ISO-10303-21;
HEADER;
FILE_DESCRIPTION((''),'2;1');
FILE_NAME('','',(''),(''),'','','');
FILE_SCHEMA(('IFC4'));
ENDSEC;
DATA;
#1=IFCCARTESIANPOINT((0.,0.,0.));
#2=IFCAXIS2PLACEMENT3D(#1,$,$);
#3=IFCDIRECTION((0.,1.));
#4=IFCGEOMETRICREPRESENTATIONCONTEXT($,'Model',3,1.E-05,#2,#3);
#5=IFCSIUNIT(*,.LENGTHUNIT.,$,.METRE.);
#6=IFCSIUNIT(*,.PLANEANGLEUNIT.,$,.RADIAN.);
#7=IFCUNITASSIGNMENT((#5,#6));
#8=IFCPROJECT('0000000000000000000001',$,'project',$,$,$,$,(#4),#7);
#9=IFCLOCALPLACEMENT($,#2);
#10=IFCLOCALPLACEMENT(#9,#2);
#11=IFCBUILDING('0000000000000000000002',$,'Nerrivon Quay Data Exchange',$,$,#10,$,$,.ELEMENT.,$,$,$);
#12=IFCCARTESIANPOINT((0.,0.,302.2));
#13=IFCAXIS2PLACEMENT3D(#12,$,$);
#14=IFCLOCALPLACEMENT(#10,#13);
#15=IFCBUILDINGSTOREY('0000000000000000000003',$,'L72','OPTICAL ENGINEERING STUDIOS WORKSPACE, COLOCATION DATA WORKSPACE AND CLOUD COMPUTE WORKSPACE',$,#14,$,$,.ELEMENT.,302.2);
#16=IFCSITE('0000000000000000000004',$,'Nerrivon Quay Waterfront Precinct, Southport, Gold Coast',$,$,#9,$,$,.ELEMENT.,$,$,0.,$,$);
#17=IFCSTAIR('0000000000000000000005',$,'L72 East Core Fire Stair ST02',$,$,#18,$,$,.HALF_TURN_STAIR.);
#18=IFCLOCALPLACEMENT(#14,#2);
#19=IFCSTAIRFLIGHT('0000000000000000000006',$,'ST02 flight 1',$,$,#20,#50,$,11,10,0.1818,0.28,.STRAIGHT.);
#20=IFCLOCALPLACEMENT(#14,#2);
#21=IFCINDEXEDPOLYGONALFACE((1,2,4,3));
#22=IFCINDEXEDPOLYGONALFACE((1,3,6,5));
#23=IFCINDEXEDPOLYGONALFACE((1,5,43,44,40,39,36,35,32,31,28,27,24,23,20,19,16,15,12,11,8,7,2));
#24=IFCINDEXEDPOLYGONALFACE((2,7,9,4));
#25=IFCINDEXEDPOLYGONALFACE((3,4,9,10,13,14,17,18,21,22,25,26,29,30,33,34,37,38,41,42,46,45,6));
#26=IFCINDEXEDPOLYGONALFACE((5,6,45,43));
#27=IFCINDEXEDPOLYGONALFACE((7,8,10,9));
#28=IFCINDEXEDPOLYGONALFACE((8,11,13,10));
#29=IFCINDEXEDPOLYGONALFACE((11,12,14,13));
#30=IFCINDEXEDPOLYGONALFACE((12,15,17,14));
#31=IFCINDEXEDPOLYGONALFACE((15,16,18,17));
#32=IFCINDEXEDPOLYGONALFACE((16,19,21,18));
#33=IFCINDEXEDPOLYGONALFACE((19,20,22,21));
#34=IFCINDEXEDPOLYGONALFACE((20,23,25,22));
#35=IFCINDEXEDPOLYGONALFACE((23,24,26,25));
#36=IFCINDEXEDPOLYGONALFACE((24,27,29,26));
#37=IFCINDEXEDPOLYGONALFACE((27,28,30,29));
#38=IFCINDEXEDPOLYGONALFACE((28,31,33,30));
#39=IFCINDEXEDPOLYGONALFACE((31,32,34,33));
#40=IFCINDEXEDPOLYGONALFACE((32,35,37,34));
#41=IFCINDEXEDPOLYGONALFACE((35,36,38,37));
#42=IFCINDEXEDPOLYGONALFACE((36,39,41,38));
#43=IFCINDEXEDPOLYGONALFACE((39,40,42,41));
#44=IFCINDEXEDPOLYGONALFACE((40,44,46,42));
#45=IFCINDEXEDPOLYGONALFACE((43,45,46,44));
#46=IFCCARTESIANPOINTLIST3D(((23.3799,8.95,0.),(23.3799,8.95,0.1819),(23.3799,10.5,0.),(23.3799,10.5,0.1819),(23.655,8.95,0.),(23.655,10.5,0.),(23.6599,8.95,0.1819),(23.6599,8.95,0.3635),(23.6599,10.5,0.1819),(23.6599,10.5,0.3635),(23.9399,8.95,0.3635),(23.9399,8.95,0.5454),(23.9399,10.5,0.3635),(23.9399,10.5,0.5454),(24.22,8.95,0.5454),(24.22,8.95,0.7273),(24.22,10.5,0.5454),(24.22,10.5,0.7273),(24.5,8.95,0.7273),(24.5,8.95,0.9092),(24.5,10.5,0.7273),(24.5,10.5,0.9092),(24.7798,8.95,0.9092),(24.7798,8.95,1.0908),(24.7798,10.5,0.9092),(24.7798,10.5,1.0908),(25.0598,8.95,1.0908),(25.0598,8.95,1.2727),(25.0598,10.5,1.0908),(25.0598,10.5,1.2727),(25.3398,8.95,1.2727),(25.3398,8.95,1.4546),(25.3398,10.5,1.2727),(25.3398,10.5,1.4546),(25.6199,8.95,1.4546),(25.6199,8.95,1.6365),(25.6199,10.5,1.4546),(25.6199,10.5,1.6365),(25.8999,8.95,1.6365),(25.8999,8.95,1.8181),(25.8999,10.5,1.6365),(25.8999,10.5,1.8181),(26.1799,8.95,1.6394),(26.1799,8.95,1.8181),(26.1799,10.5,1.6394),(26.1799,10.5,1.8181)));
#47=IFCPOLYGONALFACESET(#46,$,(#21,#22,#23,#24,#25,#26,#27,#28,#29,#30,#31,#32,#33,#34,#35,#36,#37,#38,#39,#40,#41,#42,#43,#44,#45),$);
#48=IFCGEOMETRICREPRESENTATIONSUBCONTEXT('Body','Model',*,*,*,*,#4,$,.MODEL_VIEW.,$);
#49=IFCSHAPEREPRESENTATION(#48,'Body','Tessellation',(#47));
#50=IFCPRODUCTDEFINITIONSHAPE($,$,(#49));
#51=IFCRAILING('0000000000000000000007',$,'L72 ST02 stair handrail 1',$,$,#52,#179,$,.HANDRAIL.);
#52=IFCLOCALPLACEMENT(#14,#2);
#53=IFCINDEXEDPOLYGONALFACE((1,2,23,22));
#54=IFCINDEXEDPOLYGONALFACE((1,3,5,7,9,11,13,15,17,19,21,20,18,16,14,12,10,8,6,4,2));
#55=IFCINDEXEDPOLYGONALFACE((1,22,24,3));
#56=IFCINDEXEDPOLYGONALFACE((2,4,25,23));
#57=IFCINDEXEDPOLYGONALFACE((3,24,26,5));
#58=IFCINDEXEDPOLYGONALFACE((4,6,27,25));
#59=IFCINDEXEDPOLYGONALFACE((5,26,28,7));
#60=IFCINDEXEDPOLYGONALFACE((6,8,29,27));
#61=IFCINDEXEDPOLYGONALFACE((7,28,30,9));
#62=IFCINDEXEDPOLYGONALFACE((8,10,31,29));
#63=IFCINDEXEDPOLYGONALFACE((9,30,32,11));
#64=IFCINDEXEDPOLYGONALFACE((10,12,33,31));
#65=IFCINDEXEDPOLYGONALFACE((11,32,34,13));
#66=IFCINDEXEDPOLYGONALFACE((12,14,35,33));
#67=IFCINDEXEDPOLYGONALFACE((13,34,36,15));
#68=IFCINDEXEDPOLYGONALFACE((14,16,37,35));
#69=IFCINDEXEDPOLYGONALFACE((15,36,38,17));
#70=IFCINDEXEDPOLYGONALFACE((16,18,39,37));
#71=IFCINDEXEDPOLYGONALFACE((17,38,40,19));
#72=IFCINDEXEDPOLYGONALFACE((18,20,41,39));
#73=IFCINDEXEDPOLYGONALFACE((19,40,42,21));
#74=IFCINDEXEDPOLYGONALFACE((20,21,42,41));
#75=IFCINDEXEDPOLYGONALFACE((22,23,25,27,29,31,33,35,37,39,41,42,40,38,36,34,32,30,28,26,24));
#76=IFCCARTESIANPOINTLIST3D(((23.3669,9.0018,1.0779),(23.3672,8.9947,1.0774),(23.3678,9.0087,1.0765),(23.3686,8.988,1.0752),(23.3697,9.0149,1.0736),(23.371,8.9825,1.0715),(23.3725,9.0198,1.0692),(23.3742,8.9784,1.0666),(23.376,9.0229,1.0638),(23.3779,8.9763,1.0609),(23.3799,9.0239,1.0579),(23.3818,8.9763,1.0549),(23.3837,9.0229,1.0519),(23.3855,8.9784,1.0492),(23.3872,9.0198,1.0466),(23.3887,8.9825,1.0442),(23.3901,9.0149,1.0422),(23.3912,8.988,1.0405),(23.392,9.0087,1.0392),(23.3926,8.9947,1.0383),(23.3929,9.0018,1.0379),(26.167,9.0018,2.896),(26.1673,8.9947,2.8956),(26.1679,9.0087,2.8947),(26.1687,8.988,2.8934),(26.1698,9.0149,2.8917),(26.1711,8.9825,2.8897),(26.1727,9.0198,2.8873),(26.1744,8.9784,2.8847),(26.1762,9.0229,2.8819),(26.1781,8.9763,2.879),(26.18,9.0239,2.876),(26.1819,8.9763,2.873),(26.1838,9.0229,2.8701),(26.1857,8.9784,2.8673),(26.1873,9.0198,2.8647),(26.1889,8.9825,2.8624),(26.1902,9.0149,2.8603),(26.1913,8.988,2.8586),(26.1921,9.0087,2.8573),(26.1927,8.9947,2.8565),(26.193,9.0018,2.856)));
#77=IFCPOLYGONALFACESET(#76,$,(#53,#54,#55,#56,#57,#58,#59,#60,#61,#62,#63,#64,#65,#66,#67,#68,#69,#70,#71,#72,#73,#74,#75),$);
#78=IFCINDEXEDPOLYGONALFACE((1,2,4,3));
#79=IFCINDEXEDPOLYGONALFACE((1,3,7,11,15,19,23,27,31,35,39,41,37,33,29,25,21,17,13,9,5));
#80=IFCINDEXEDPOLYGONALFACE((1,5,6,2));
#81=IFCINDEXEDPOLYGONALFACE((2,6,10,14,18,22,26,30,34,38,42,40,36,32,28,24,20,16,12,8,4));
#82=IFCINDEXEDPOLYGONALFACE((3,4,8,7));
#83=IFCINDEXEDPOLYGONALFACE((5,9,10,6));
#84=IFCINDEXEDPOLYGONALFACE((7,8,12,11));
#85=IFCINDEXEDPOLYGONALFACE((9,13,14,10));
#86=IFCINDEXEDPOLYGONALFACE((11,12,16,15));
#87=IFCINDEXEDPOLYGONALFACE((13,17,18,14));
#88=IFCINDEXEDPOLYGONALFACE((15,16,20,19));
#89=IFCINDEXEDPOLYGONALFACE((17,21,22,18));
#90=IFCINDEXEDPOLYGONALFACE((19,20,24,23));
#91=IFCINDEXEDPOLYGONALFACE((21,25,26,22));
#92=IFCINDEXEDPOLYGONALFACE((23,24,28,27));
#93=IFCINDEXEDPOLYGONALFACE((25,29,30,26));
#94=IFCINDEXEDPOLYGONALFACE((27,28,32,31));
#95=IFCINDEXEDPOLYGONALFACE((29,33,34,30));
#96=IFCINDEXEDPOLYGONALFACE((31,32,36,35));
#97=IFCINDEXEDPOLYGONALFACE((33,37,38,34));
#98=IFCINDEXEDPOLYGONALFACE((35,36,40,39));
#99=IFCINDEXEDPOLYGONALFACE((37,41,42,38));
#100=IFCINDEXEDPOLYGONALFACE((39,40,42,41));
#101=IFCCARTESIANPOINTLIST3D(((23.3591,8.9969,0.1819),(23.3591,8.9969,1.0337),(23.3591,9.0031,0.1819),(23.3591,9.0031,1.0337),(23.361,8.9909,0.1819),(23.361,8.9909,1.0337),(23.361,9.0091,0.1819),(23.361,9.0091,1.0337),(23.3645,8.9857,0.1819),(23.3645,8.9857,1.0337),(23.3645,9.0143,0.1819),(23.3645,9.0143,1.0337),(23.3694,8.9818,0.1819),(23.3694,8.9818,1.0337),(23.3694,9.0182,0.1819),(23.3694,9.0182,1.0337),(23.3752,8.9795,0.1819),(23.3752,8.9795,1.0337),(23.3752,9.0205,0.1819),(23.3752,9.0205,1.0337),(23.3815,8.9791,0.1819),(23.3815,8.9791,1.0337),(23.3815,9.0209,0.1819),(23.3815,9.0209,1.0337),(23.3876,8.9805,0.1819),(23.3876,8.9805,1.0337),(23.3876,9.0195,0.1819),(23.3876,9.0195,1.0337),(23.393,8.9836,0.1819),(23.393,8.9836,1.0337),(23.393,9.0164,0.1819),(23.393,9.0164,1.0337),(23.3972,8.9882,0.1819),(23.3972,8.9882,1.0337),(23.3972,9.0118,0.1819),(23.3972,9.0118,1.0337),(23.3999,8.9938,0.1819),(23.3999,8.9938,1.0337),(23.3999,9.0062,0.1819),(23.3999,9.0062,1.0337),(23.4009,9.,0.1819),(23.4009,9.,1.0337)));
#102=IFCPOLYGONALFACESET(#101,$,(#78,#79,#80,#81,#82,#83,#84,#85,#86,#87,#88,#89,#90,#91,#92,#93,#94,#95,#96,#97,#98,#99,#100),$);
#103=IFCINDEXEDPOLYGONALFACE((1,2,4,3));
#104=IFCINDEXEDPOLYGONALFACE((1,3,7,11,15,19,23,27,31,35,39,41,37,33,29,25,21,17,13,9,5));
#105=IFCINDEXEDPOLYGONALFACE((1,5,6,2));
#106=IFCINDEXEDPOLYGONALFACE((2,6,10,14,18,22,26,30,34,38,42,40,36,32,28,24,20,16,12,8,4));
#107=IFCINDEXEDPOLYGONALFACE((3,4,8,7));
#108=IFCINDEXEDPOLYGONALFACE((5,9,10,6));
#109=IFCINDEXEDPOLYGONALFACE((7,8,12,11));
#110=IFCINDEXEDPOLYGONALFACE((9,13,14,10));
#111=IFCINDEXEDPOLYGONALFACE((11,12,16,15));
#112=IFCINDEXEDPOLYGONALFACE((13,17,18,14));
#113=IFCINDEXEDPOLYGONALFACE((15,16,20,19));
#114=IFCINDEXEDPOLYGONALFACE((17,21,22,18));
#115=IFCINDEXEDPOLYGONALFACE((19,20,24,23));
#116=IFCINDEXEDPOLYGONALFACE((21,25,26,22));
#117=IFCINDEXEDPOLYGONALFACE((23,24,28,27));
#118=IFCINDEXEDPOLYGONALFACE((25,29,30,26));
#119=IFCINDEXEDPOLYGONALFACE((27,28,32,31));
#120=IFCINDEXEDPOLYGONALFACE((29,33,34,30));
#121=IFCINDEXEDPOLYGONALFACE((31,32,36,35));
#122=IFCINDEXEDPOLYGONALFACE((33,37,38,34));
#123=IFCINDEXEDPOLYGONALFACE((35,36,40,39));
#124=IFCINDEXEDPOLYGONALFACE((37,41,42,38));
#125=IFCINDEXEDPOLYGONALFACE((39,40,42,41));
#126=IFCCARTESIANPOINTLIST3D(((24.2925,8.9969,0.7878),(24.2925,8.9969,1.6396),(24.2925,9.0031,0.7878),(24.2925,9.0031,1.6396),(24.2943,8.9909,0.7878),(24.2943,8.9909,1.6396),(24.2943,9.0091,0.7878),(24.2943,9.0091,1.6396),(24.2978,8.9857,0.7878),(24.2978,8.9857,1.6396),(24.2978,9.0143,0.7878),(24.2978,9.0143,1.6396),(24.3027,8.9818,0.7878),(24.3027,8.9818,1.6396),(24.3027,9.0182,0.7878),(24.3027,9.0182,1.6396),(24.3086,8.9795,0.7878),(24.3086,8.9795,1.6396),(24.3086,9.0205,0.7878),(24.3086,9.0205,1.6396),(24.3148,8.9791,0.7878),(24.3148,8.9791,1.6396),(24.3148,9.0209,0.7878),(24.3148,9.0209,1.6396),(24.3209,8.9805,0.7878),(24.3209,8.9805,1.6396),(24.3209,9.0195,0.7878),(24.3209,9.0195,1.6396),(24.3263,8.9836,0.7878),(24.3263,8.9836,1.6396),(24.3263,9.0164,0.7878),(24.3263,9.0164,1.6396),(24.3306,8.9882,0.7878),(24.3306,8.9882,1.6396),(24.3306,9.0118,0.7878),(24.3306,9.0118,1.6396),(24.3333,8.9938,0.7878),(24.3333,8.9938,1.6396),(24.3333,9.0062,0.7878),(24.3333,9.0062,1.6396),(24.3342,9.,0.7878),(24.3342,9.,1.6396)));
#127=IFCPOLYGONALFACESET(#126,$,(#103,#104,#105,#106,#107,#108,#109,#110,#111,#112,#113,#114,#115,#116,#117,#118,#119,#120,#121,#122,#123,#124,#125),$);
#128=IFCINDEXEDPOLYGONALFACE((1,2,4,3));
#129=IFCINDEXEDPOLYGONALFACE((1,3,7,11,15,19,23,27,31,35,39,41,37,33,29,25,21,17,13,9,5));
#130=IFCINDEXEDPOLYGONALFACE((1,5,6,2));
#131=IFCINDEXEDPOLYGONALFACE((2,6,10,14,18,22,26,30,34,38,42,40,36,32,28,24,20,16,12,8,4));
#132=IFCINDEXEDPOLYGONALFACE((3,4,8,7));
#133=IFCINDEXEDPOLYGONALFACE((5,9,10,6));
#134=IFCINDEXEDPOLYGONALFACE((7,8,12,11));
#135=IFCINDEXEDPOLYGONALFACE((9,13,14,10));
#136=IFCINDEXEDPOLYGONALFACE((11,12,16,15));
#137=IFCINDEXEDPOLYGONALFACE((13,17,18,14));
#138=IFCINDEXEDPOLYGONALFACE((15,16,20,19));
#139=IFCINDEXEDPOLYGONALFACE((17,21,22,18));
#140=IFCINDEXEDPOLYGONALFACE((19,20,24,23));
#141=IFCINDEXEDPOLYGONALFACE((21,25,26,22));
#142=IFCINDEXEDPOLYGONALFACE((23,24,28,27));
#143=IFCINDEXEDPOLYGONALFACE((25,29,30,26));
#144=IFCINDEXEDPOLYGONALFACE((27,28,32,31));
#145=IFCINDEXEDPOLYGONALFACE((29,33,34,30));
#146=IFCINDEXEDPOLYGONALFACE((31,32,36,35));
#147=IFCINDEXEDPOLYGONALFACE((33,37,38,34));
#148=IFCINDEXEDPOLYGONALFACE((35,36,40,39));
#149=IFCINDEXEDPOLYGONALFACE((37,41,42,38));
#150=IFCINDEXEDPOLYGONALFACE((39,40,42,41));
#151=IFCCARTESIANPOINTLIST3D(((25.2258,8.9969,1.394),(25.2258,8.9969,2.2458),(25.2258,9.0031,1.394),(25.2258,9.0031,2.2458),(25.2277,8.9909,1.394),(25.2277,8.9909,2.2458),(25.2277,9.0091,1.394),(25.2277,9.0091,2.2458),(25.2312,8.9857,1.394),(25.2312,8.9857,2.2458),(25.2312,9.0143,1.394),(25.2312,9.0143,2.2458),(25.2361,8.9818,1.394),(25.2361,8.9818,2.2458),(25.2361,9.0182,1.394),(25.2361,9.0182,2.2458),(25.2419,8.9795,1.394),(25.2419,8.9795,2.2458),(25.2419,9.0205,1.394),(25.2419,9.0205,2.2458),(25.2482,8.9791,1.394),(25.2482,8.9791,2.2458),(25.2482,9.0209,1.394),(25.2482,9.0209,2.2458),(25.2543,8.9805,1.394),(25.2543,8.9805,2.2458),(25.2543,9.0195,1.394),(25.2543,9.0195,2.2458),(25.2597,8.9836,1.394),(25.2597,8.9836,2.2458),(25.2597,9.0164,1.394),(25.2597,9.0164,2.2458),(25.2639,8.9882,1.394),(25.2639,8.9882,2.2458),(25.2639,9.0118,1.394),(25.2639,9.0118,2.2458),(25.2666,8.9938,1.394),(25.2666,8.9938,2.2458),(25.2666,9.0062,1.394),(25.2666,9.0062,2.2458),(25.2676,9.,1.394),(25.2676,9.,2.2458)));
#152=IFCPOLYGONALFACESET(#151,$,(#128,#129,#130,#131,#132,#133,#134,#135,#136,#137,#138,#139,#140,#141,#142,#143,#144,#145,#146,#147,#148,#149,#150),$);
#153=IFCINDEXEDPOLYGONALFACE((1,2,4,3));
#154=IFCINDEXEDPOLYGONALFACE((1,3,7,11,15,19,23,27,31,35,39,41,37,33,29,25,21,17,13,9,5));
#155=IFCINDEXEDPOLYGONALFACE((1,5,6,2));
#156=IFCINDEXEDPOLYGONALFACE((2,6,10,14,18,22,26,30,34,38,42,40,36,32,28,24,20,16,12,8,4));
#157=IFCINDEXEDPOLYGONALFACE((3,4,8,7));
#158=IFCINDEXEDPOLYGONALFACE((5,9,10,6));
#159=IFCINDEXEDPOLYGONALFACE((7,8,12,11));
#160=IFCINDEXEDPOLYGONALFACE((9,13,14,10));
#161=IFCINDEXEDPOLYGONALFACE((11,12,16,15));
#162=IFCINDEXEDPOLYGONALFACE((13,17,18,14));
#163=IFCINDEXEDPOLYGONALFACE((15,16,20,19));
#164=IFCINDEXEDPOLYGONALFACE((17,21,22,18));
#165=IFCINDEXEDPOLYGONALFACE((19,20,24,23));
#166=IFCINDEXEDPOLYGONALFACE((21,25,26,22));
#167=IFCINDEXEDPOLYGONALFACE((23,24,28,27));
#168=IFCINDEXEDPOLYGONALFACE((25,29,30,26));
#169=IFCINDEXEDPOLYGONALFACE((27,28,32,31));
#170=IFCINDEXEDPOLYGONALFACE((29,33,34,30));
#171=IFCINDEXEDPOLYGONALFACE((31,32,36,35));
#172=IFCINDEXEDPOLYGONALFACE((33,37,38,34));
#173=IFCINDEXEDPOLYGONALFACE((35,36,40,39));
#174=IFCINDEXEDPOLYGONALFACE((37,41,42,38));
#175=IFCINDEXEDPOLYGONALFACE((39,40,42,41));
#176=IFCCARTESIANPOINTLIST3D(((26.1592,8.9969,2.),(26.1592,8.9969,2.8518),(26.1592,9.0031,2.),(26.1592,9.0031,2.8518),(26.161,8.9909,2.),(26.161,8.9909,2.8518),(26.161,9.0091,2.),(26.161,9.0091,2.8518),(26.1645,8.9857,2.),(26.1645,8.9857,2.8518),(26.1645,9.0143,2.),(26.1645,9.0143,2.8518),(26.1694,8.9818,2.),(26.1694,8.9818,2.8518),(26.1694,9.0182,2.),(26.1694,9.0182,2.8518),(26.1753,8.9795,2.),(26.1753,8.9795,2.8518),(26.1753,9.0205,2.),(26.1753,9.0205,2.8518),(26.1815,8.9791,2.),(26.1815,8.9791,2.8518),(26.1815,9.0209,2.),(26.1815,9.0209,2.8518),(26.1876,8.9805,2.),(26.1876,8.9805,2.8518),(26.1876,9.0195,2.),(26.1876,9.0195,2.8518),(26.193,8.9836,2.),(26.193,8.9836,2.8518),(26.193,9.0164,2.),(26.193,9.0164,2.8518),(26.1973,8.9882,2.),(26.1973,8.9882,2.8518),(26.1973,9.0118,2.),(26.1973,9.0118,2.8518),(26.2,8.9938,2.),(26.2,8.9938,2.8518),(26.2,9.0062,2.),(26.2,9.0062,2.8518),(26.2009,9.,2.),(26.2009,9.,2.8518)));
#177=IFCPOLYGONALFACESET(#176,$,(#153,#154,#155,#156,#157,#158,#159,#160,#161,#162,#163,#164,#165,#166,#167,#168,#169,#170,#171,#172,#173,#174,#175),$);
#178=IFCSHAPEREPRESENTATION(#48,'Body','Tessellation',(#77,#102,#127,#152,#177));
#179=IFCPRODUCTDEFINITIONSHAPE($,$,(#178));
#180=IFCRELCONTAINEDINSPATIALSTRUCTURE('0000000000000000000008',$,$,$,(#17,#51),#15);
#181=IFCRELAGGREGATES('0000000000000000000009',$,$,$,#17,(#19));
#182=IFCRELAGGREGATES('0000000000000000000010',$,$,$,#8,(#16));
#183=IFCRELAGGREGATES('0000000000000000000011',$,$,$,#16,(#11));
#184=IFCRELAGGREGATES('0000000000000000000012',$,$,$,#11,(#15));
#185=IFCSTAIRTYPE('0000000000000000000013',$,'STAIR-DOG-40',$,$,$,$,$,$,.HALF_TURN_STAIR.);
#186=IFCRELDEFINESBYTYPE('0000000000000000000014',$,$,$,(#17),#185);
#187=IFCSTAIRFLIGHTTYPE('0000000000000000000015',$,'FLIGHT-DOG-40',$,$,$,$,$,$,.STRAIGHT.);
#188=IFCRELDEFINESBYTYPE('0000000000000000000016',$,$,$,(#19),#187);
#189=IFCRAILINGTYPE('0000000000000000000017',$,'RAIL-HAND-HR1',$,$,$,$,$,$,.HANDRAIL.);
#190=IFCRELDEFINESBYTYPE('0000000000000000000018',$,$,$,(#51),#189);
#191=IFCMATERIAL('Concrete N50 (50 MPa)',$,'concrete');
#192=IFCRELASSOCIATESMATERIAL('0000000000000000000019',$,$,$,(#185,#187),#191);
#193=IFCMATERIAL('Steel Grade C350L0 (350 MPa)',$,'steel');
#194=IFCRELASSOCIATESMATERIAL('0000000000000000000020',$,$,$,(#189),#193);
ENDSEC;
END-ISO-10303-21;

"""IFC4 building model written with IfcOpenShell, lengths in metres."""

from ifc_helpers import new_model, si_unit, direction, frame, origin, origin_2d, place, context, subcontext, project, spatial, polyline, circle, outline, extrude, material, type_object, element, aggregate, save


model = new_model("IFC4")

# Units and contexts
model_context = context("Model", 3, precision=1e-05, world=origin(), true_north=direction((0.0, 1.0)))
body_context = subcontext(model_context, "Body", "Model", "MODEL_VIEW")
ifc_project = project(units=[si_unit("LENGTHUNIT", "METRE"), si_unit("PLANEANGLEUNIT", "RADIAN")], contexts=[model_context])

# Site, building, storey
site_placement = place(None, origin())
site = spatial("IfcSite", under=ifc_project, at=site_placement, Name="Nerrivon Quay Waterfront Precinct, Southport, Gold Coast", CompositionType="ELEMENT", RefElevation=0.0)
building_placement = place(site_placement, origin())
building = spatial("IfcBuilding", under=site, at=building_placement, Name="Nerrivon Quay Data Exchange", CompositionType="ELEMENT")
storey_placement = place(building_placement, frame((0.0, 0.0, 302.2)))
storey = spatial("IfcBuildingStorey", under=building, at=storey_placement, Name="L72", Description="OPTICAL ENGINEERING STUDIOS WORKSPACE, COLOCATION DATA WORKSPACE AND CLOUD COMPUTE WORKSPACE", CompositionType="ELEMENT", Elevation=302.2)

# Shared definitions
ifc_material_1 = material(Name="Concrete N50 (50 MPa)", Category="concrete")

# Stair, stair flight
stair_type = type_object("IfcStairType", Name="STAIR-DOG-40", PredefinedType="HALF_TURN_STAIR", material=ifc_material_1)
stair_placement = place(storey_placement, origin())
stair = element("IfcStair", 1, at=stair_placement, inside=storey, type_object=stair_type, Name="L72 East Core Fire Stair ST02", PredefinedType="HALF_TURN_STAIR")
stair_flight_type = type_object("IfcStairFlightType", Name="FLIGHT-DOG-40", PredefinedType="STRAIGHT", material=ifc_material_1)
stair_flight_placement = place(storey_placement, frame((23.3799, 9.7251, 0.0), z_axis=(0.0, 0.0, 1.0), x_axis=(1.0, 0.0, 0.0)))
stair_flight = element("IfcStairFlight", 2, at=stair_flight_placement, type_object=stair_flight_type, Name="ST02 flight 1", NumberOfRisers=11, NumberOfTreads=10, PredefinedType="STRAIGHT", RiserHeight=0.1818, TreadLength=0.28, context=body_context, shape_type="SweptSolid", body=[
    extrude(outline(polyline([(0.0, 0.0), (0.0, 0.1819), (0.28, 0.1819), (0.28, 0.3635), (0.5601, 0.3635), (0.5601, 0.5454), (0.8401, 0.5454), (0.8401, 0.7273), (1.1201, 0.7273), (1.1201, 0.9092), (1.3999, 0.9092), (1.3999, 1.0908), (1.6799, 1.0908), (1.6799, 1.2727), (1.96, 1.2727), (1.96, 1.4546), (2.24, 1.4546), (2.24, 1.6365), (2.52, 1.6365), (2.52, 1.8181), (2.8, 1.8181), (2.8, 2.0), (2.8, 1.6394), (0.2751, 0.0), (0.0, 0.0)])), frame((0.0, 0.7749, 0.0), z_axis=(0.0, -1.0, 0.0), x_axis=(1.0, 0.0, 0.0)), (0.0, 0.0, 1.0), 1.55),
])
aggregate(stair, [stair_flight])

# Railing
ifc_material_2 = material(Name="Steel Grade C350L0 (350 MPa)", Category="steel")
railing_type_1 = type_object("IfcRailingType", Name="RAIL-HAND-HR1", PredefinedType="HANDRAIL", material=ifc_material_2)
railing_1_placement = place(storey_placement, frame((23.3799, 9.0, 0.1819)))
element("IfcRailing", 3, at=railing_1_placement, inside=storey, type_object=railing_type_1, Name="L72 ST02 stair handrail 1", PredefinedType="HANDRAIL", context=body_context, shape_type="SweptSolid", body=[
    extrude(circle(Radius=0.0239, at=origin_2d()), frame((0.0, 0.0, 0.876), z_axis=(0.838706, 0.0, 0.544585), x_axis=(0.0, 1.0, 0.0)), (0.0, 0.0, 1.0), 3.3386),
    extrude(circle(Radius=0.021, at=origin_2d()), origin(), (0.0, 0.0, 1.0), 0.8518),
    extrude(circle(Radius=0.021, at=origin_2d()), frame((0.9333, 0.0, 0.606)), (0.0, 0.0, 1.0), 0.8518),
    extrude(circle(Radius=0.021, at=origin_2d()), frame((1.8667, 0.0, 1.2122)), (0.0, 0.0, 1.0), 0.8518),
    extrude(circle(Radius=0.021, at=origin_2d()), frame((2.8, 0.0, 1.8181)), (0.0, 0.0, 1.0), 0.8518),
])

save(model, "model.ifc")
